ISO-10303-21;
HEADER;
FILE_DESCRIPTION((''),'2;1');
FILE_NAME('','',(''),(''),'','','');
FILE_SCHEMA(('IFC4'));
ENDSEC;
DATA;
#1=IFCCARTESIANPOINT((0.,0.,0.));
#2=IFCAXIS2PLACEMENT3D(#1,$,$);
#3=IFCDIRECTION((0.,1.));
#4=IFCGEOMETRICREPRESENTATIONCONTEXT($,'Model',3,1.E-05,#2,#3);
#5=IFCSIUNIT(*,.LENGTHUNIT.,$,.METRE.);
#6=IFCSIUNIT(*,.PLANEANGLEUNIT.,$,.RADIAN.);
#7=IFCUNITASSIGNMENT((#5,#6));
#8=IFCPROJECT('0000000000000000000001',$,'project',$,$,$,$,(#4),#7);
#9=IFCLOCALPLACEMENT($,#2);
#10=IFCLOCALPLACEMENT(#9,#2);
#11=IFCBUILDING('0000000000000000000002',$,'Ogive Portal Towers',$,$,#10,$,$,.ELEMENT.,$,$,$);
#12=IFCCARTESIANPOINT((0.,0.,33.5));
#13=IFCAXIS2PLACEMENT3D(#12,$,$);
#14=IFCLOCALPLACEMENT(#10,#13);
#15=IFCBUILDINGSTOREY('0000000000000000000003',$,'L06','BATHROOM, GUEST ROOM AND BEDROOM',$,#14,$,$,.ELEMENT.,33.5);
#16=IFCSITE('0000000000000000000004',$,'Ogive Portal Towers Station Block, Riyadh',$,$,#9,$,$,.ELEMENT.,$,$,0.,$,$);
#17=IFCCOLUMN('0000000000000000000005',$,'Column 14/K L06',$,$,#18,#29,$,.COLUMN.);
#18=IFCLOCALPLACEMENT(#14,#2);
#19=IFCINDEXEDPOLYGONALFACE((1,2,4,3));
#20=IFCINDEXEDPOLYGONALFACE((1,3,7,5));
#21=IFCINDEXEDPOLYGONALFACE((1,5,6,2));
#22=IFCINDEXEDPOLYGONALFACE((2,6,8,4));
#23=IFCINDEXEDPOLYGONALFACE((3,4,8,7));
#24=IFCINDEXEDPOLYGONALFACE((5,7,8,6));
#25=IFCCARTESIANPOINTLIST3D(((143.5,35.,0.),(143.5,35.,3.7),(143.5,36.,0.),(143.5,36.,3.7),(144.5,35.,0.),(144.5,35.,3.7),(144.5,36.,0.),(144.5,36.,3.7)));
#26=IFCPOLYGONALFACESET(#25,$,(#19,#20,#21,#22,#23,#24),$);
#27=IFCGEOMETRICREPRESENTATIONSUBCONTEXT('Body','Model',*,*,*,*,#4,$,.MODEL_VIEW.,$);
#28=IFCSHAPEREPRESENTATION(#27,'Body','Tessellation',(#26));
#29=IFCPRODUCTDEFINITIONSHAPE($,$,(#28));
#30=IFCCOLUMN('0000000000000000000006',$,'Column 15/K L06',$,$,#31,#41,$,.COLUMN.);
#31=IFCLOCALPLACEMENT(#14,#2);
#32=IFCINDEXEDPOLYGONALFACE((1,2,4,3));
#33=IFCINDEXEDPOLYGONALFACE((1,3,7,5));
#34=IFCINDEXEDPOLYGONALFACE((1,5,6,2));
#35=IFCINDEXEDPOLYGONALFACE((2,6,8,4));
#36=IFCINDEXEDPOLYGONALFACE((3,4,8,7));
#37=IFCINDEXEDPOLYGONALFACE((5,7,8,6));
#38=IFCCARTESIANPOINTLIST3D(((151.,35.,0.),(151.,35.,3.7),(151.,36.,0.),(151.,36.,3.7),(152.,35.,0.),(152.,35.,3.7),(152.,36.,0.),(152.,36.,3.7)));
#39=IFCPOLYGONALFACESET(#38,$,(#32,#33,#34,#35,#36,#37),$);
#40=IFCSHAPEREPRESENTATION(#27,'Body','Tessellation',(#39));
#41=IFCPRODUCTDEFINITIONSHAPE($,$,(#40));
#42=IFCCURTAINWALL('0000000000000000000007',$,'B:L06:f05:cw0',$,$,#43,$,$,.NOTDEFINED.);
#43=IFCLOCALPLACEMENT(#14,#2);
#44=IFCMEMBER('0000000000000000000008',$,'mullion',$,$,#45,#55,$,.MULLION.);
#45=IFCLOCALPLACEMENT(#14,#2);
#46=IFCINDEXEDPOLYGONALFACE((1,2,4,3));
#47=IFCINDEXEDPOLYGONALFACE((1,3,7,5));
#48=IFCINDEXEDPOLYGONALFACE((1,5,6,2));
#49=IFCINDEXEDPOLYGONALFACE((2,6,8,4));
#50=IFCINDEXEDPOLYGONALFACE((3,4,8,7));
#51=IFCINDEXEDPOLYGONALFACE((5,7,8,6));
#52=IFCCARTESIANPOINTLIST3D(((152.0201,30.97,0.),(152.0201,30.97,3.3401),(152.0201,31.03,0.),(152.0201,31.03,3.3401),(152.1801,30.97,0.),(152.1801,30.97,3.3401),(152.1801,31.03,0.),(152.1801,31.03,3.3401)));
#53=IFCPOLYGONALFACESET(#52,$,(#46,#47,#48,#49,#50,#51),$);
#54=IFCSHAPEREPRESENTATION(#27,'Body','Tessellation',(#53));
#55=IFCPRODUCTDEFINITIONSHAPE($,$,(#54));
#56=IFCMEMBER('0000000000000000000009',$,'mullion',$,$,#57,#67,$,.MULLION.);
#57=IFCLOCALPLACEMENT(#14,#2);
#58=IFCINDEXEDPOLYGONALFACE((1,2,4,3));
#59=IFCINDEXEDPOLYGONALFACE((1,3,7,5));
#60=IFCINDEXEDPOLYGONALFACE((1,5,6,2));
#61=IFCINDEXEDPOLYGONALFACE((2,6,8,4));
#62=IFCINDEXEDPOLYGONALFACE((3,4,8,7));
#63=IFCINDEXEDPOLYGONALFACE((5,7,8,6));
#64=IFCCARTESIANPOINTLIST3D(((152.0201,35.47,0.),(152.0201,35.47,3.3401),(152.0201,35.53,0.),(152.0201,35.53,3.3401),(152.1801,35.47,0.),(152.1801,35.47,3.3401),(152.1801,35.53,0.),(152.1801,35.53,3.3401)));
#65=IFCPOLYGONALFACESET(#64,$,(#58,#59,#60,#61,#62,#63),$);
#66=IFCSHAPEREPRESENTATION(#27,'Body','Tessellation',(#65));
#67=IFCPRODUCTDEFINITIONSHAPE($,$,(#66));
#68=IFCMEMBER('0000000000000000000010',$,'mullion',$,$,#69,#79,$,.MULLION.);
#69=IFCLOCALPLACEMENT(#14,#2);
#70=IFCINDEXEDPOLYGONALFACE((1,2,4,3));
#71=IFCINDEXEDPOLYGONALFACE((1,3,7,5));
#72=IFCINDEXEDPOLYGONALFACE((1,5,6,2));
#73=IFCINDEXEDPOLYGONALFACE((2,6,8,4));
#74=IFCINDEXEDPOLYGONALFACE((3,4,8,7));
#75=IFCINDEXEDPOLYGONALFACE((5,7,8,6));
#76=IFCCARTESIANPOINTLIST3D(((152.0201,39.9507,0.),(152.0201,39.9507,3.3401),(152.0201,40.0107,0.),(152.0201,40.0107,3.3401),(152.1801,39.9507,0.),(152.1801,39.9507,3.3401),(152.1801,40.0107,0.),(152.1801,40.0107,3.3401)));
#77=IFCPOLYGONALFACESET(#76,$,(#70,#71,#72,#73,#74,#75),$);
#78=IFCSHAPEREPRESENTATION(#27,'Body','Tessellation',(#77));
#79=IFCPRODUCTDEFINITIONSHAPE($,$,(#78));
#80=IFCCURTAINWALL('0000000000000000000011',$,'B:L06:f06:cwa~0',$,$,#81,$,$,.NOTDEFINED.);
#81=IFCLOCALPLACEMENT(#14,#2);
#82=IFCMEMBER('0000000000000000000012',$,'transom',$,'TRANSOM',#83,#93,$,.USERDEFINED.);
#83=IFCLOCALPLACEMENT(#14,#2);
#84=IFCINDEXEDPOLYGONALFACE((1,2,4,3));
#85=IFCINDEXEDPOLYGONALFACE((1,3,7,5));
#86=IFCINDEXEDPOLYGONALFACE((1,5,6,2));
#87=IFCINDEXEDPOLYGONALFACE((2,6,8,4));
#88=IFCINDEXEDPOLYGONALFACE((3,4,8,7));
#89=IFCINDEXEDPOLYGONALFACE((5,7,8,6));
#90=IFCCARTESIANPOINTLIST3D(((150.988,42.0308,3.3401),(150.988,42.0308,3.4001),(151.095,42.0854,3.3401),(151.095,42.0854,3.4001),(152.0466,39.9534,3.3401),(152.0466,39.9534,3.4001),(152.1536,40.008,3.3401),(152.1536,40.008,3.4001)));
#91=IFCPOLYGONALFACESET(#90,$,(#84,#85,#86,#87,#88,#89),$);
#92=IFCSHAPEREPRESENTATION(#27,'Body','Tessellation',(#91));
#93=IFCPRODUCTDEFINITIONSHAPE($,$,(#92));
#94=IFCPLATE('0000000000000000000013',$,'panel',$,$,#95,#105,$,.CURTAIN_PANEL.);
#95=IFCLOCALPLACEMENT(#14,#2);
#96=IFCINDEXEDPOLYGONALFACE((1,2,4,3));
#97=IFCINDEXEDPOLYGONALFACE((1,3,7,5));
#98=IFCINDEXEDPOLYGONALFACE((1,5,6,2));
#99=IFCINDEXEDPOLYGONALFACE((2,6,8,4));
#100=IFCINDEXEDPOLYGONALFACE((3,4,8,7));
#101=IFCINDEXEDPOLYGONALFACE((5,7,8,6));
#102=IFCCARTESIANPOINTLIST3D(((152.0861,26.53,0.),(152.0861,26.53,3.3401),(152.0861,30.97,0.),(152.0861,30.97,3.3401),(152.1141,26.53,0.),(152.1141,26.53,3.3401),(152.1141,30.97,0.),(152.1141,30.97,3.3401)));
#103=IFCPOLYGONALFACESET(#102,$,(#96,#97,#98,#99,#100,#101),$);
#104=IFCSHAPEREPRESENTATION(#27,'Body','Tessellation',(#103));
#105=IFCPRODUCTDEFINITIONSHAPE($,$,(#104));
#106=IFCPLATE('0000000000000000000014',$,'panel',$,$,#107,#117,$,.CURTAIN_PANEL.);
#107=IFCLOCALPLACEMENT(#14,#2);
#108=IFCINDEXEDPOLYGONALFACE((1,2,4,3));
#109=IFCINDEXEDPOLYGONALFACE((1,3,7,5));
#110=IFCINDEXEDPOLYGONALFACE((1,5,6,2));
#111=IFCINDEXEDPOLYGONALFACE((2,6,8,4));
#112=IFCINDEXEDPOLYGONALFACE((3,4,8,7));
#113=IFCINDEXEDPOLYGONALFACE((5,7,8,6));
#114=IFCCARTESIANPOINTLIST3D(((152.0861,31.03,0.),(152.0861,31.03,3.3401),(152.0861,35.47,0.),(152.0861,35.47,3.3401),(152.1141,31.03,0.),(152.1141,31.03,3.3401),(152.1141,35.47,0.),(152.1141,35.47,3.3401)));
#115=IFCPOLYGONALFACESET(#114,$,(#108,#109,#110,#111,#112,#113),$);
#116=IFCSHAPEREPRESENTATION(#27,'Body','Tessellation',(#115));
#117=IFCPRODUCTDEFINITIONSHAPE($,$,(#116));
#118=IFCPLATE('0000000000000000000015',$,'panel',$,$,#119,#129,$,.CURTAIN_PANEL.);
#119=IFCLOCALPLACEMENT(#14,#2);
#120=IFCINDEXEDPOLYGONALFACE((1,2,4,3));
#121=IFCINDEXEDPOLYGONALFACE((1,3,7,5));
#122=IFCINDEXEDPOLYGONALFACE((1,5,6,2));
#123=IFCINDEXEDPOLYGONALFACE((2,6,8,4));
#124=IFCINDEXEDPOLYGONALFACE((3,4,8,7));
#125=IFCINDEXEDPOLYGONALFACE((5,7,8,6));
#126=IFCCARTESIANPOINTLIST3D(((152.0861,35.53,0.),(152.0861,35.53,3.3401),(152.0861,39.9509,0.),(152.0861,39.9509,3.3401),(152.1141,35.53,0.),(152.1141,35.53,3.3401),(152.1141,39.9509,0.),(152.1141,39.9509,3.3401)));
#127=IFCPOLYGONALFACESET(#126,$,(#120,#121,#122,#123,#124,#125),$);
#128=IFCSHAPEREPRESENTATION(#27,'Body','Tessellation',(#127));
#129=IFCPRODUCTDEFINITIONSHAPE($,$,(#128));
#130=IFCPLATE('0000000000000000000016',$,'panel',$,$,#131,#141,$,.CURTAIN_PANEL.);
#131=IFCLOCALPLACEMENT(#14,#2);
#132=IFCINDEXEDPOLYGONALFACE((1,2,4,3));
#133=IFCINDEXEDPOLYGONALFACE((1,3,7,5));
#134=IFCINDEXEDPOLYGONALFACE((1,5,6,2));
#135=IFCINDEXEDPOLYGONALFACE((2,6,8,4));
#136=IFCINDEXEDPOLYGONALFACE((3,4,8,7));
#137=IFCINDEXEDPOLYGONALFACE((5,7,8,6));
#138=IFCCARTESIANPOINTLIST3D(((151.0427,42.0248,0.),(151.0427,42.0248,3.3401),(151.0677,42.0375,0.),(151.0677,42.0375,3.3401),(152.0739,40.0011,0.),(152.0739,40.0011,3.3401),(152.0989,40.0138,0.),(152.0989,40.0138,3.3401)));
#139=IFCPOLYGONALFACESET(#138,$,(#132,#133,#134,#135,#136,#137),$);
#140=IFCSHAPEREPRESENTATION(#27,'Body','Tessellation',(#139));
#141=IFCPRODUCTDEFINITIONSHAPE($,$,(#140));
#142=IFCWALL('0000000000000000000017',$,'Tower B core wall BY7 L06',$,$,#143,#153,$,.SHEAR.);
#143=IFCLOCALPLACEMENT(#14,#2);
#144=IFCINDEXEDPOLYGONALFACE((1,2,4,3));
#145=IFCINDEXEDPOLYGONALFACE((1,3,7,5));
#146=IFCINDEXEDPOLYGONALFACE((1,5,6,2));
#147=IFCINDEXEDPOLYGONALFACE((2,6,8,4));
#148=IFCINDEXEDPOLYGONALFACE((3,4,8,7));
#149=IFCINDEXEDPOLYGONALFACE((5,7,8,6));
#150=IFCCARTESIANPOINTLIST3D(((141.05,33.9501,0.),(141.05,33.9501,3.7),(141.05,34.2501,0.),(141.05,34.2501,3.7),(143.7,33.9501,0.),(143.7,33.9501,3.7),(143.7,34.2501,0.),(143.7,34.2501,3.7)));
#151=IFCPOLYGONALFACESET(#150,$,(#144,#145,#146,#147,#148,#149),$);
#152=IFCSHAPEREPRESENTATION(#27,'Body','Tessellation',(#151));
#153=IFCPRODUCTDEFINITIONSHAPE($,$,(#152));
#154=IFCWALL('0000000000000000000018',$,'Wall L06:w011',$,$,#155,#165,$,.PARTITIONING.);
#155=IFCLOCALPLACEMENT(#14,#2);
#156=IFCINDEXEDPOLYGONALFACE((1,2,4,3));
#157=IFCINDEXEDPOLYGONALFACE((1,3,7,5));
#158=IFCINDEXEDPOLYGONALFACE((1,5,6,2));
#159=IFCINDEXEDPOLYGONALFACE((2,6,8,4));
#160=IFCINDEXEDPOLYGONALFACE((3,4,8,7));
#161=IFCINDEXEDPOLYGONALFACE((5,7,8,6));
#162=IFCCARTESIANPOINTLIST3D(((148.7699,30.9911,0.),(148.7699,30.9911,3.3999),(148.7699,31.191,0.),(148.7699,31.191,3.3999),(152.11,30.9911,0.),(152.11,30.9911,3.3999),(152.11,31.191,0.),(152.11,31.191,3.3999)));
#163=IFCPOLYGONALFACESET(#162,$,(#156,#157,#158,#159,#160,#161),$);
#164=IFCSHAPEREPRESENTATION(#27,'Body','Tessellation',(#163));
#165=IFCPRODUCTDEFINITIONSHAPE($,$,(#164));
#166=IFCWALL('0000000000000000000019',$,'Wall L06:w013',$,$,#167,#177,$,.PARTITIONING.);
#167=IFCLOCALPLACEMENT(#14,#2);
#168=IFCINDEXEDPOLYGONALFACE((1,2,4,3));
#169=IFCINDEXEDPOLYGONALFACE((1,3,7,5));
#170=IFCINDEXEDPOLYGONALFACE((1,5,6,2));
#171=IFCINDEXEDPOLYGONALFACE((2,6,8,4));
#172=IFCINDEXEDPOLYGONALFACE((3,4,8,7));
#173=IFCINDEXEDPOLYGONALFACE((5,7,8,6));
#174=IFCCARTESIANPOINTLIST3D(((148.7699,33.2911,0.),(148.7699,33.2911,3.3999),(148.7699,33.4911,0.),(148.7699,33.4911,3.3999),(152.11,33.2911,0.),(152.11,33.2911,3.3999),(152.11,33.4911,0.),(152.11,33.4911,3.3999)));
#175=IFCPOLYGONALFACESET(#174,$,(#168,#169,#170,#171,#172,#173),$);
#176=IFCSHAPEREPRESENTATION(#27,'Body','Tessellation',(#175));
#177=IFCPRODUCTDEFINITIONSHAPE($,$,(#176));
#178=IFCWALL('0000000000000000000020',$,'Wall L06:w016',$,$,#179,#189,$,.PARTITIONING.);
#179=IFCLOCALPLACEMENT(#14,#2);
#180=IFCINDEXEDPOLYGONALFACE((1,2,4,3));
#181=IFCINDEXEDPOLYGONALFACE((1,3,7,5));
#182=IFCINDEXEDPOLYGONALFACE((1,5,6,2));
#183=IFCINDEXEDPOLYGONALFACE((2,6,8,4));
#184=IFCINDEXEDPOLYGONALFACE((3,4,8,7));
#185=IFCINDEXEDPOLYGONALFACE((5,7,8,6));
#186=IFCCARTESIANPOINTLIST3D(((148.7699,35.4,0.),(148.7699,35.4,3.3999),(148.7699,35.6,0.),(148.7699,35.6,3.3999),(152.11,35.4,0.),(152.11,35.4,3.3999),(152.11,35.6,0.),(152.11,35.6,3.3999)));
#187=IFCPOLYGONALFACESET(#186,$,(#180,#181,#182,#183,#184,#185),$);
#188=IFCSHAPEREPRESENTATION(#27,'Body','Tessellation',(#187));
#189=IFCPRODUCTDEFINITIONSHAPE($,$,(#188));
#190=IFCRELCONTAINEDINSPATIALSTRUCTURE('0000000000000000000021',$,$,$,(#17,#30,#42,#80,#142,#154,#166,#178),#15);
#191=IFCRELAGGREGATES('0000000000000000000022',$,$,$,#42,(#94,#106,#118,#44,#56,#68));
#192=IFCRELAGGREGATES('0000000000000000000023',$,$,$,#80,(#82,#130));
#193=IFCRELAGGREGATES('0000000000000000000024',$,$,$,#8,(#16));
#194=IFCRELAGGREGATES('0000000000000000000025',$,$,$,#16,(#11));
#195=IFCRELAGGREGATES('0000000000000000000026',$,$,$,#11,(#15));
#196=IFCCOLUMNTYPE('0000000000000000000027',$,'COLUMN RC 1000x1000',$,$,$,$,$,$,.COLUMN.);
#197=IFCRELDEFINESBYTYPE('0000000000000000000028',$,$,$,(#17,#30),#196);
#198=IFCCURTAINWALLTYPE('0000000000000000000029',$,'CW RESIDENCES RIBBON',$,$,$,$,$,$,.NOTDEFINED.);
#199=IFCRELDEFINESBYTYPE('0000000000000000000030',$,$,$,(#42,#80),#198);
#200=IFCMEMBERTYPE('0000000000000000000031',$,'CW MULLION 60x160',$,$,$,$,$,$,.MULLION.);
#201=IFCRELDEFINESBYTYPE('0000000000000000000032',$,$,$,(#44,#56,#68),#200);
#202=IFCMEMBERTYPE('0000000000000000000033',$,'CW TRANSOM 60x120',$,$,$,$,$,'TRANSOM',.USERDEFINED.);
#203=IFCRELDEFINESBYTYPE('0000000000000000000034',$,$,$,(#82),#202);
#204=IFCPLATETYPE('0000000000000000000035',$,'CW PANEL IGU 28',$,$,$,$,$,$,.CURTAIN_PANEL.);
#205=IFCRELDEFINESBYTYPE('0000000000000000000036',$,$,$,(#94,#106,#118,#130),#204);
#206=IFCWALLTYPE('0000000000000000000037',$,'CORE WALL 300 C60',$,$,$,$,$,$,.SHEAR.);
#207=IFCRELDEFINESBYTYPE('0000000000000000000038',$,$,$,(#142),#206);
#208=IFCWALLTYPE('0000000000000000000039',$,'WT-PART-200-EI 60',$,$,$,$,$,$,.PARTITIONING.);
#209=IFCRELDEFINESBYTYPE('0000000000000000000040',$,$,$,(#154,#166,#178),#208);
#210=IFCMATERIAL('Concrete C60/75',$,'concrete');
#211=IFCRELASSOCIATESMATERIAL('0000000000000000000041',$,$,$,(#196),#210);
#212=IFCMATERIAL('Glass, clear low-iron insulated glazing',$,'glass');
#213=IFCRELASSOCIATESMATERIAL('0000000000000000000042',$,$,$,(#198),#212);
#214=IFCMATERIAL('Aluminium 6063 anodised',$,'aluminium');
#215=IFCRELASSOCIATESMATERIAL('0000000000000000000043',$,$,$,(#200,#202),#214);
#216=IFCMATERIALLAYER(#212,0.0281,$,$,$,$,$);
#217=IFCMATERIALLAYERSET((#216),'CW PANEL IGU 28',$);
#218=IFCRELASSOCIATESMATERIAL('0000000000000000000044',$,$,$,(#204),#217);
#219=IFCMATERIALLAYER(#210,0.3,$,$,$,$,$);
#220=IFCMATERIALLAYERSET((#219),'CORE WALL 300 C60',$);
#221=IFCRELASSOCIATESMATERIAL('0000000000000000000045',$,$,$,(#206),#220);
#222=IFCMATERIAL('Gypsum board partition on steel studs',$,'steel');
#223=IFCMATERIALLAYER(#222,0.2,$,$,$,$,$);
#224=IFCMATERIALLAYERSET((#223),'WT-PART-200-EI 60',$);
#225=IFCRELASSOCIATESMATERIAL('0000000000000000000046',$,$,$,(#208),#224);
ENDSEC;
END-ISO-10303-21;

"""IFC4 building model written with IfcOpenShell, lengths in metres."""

from ifc_helpers import new_model, si_unit, direction, frame, frame_2d, origin, origin_2d, place, context, subcontext, project, spatial, rectangle, extrude, material, layer, layer_set, material_profile, profile_set, type_object, element, aggregate, save


model = new_model("IFC4")

# Units and contexts
model_context = context("Model", 3, precision=1e-05, world=origin(), true_north=direction((0.0, 1.0)))
body_context = subcontext(model_context, "Body", "Model", "MODEL_VIEW")
ifc_project = project(units=[si_unit("LENGTHUNIT", "METRE"), si_unit("PLANEANGLEUNIT", "RADIAN")], contexts=[model_context])

# Site, building, storey
site_placement = place(None, origin())
site = spatial("IfcSite", under=ifc_project, at=site_placement, Name="Ogive Portal Towers Station Block, Riyadh", CompositionType="ELEMENT", RefElevation=0.0)
building_placement = place(site_placement, origin())
building = spatial("IfcBuilding", under=site, at=building_placement, Name="Ogive Portal Towers", CompositionType="ELEMENT")
storey_placement = place(building_placement, frame((0.0, 0.0, 33.5)))
storey = spatial("IfcBuildingStorey", under=building, at=storey_placement, Name="L06", Description="BATHROOM, GUEST ROOM AND BEDROOM", CompositionType="ELEMENT", Elevation=33.5)

# Columns
ifc_material_1 = material(Name="Concrete C60/75", Category="concrete")
ifc_material_profile_1 = material_profile(ifc_material_1, rectangle(XDim=1.0, YDim=1.0, at=origin_2d()), Name="RC 1000x1000")
ifc_profile_set_1 = profile_set([ifc_material_profile_1], Name="Concrete C60/75")
column_type = type_object("IfcColumnType", Name="COLUMN RC 1000x1000", PredefinedType="COLUMN", material=ifc_profile_set_1)
for number, where, z_axis, x_axis, name in (
    (1, (144.0, 35.5, 0.0), (0.0, 0.0, 1.0), (1.0, 0.0, 0.0), "Column 14/K L06"),
    (2, (151.5, 35.5, 0.0), (0.0, 0.0, 1.0), (1.0, 0.0, 0.0), "Column 15/K L06"),
):
    element("IfcColumn", number, at=place(storey_placement, frame(where, z_axis=z_axis, x_axis=x_axis)), inside=storey, type_object=column_type, Name=name, PredefinedType="COLUMN", context=body_context, shape_type="SweptSolid", body=[
        extrude(rectangle(XDim=1.0, YDim=1.0, at=origin_2d()), origin(), (0.0, 0.0, 1.0), 3.7),
    ])

# Curtain wall, members
ifc_material_2 = material(Name="Glass, clear low-iron insulated glazing", Category="glass")
curtain_wall_type = type_object("IfcCurtainWallType", Name="CW RESIDENCES RIBBON", PredefinedType="NOTDEFINED", material=ifc_material_2)
curtain_wall_1_placement = place(storey_placement, origin())
curtain_wall_1 = element("IfcCurtainWall", 3, at=curtain_wall_1_placement, inside=storey, type_object=curtain_wall_type, Name="B:L06:f05:cw0", PredefinedType="NOTDEFINED")
ifc_material_3 = material(Name="Aluminium 6063 anodised", Category="aluminium")
ifc_material_profile_2 = material_profile(ifc_material_3, rectangle(XDim=0.1599, YDim=0.0601, at=origin_2d()), Name="AL 60x160")
ifc_profile_set_2 = profile_set([ifc_material_profile_2], Name="Aluminium 6063 anodised")
member_type_1 = type_object("IfcMemberType", Name="CW MULLION 60x160", PredefinedType="MULLION", material=ifc_profile_set_2)
member_1_placement = place(storey_placement, frame((152.1001, 31.0, 0.0), z_axis=(0.0, 0.0, 1.0), x_axis=(-1.0, 0.0, 0.0)))
member_1 = element("IfcMember", 4, at=member_1_placement, type_object=member_type_1, Name="mullion", PredefinedType="MULLION", context=body_context, shape_type="SweptSolid", body=[
    extrude(rectangle(XDim=0.1599, YDim=0.0601, at=origin_2d()), origin(), (0.0, 0.0, 1.0), 3.3401),
])
member_2_placement = place(storey_placement, frame((152.1001, 35.5, 0.0), z_axis=(0.0, 0.0, 1.0), x_axis=(-1.0, 0.0, 0.0)))
member_2 = element("IfcMember", 5, at=member_2_placement, type_object=member_type_1, Name="mullion", PredefinedType="MULLION", context=body_context, shape_type="SweptSolid", body=[
    extrude(rectangle(XDim=0.1599, YDim=0.0601, at=origin_2d()), origin(), (0.0, 0.0, 1.0), 3.3401),
])
member_3_placement = place(storey_placement, frame((152.1001, 39.9807, 0.0), z_axis=(0.0, 0.0, 1.0), x_axis=(-1.0, 0.0, 0.0)))
member_3 = element("IfcMember", 6, at=member_3_placement, type_object=member_type_1, Name="mullion", PredefinedType="MULLION", context=body_context, shape_type="SweptSolid", body=[
    extrude(rectangle(XDim=0.1599, YDim=0.0601, at=origin_2d()), origin(), (0.0, 0.0, 1.0), 3.3401),
])

# Curtain wall, member
curtain_wall_2_placement = place(storey_placement, origin())
curtain_wall_2 = element("IfcCurtainWall", 7, at=curtain_wall_2_placement, inside=storey, type_object=curtain_wall_type, Name="B:L06:f06:cwa~0", PredefinedType="NOTDEFINED")
ifc_material_profile_3 = material_profile(ifc_material_3, rectangle(XDim=0.1201, YDim=0.0601, at=origin_2d()), Name="AL 120x60")
ifc_profile_set_3 = profile_set([ifc_material_profile_3], Name="Aluminium 6063 anodised")
member_type_2 = type_object("IfcMemberType", Name="CW TRANSOM 60x120", ElementType="TRANSOM", PredefinedType="USERDEFINED", material=ifc_profile_set_3)
member_4_placement = place(storey_placement, frame((152.1001, 39.9807, 3.3701), z_axis=(-0.454028, 0.890988, 0.0), x_axis=(-0.890988, -0.454028, 0.0)))
member_4 = element("IfcMember", 8, at=member_4_placement, type_object=member_type_2, Name="transom", ObjectType="TRANSOM", PredefinedType="USERDEFINED", context=body_context, shape_type="SweptSolid", body=[
    extrude(rectangle(XDim=0.1201, YDim=0.0601, at=origin_2d()), origin(), (0.0, 0.0, 1.0), 2.3315),
])

# Plates
ifc_layer_1 = layer(ifc_material_2, 0.0281)
ifc_layer_set_1 = layer_set([ifc_layer_1], Name="CW PANEL IGU 28")
plate_type = type_object("IfcPlateType", Name="CW PANEL IGU 28", PredefinedType="CURTAIN_PANEL", material=ifc_layer_set_1)
plate_1_placement = place(storey_placement, frame((152.1001, 28.75, 0.0), z_axis=(0.0, 0.0, 1.0), x_axis=(0.0, 1.0, 0.0)))
plate_1 = element("IfcPlate", 9, at=plate_1_placement, type_object=plate_type, Name="panel", PredefinedType="CURTAIN_PANEL", context=body_context, shape_type="SweptSolid", body=[
    extrude(rectangle(XDim=4.4399, YDim=0.0281, at=origin_2d()), origin(), (0.0, 0.0, 1.0), 3.3401),
])
plate_2_placement = place(storey_placement, frame((152.1001, 33.25, 0.0), z_axis=(0.0, 0.0, 1.0), x_axis=(0.0, 1.0, 0.0)))
plate_2 = element("IfcPlate", 10, at=plate_2_placement, type_object=plate_type, Name="panel", PredefinedType="CURTAIN_PANEL", context=body_context, shape_type="SweptSolid", body=[
    extrude(rectangle(XDim=4.4399, YDim=0.0281, at=origin_2d()), origin(), (0.0, 0.0, 1.0), 3.3401),
])
plate_3_placement = place(storey_placement, frame((152.1001, 37.7405, 0.0), z_axis=(0.0, 0.0, 1.0), x_axis=(0.0, 1.0, 0.0)))
plate_3 = element("IfcPlate", 11, at=plate_3_placement, type_object=plate_type, Name="panel", PredefinedType="CURTAIN_PANEL", context=body_context, shape_type="SweptSolid", body=[
    extrude(rectangle(XDim=4.4209, YDim=0.0281, at=origin_2d()), origin(), (0.0, 0.0, 1.0), 3.3401),
])
aggregate(curtain_wall_1, [plate_1, plate_2, plate_3, member_1, member_2, member_3])
plate_4_placement = place(storey_placement, frame((151.5708, 41.0193, 0.0), z_axis=(0.0, 0.0, 1.0), x_axis=(-0.45399, 0.891007, 0.0)))
plate_4 = element("IfcPlate", 12, at=plate_4_placement, type_object=plate_type, Name="panel", PredefinedType="CURTAIN_PANEL", context=body_context, shape_type="SweptSolid", body=[
    extrude(rectangle(XDim=2.2712, YDim=0.0281, at=origin_2d()), origin(), (0.0, 0.0, 1.0), 3.3401),
])
aggregate(curtain_wall_2, [member_4, plate_4])

# Walls
ifc_layer_2 = layer(ifc_material_1, 0.3)
ifc_layer_set_2 = layer_set([ifc_layer_2], Name="CORE WALL 300 C60")
wall_type_1 = type_object("IfcWallType", Name="CORE WALL 300 C60", PredefinedType="SHEAR", material=ifc_layer_set_2)
wall_1_placement = place(storey_placement, frame((141.05, 34.1001, 0.0), z_axis=(0.0, 0.0, 1.0), x_axis=(1.0, 0.0, 0.0)))
element("IfcWall", 13, at=wall_1_placement, inside=storey, type_object=wall_type_1, Name="Tower B core wall BY7 L06", PredefinedType="SHEAR", context=body_context, shape_type="SweptSolid", body=[
    extrude(rectangle(XDim=2.6499, YDim=0.3, at=frame_2d((1.325, 0.0))), origin(), (0.0, 0.0, 1.0), 3.7),
])
ifc_material_4 = material(Name="Gypsum board partition on steel studs", Category="steel")
ifc_layer_3 = layer(ifc_material_4, 0.2)
ifc_layer_set_3 = layer_set([ifc_layer_3], Name="WT-PART-200-EI 60")
wall_type_2 = type_object("IfcWallType", Name="WT-PART-200-EI 60", PredefinedType="PARTITIONING", material=ifc_layer_set_3)
for number, where, z_axis, x_axis, name in (
    (14, (148.77, 31.0911, 0.0), (0.0, 0.0, 1.0), (1.0, 0.0, 0.0), "Wall L06:w011"),
    (15, (148.77, 33.3911, 0.0), (0.0, 0.0, 1.0), (1.0, 0.0, 0.0), "Wall L06:w013"),
    (16, (148.77, 35.5, 0.0), (0.0, 0.0, 1.0), (1.0, 0.0, 0.0), "Wall L06:w016"),
):
    element("IfcWall", number, at=place(storey_placement, frame(where, z_axis=z_axis, x_axis=x_axis)), inside=storey, type_object=wall_type_2, Name=name, PredefinedType="PARTITIONING", context=body_context, shape_type="SweptSolid", body=[
        extrude(rectangle(XDim=3.3401, YDim=0.2, at=frame_2d((1.6699, 0.0))), origin(), (0.0, 0.0, 1.0), 3.3999),
    ])

save(model, "model.ifc")
